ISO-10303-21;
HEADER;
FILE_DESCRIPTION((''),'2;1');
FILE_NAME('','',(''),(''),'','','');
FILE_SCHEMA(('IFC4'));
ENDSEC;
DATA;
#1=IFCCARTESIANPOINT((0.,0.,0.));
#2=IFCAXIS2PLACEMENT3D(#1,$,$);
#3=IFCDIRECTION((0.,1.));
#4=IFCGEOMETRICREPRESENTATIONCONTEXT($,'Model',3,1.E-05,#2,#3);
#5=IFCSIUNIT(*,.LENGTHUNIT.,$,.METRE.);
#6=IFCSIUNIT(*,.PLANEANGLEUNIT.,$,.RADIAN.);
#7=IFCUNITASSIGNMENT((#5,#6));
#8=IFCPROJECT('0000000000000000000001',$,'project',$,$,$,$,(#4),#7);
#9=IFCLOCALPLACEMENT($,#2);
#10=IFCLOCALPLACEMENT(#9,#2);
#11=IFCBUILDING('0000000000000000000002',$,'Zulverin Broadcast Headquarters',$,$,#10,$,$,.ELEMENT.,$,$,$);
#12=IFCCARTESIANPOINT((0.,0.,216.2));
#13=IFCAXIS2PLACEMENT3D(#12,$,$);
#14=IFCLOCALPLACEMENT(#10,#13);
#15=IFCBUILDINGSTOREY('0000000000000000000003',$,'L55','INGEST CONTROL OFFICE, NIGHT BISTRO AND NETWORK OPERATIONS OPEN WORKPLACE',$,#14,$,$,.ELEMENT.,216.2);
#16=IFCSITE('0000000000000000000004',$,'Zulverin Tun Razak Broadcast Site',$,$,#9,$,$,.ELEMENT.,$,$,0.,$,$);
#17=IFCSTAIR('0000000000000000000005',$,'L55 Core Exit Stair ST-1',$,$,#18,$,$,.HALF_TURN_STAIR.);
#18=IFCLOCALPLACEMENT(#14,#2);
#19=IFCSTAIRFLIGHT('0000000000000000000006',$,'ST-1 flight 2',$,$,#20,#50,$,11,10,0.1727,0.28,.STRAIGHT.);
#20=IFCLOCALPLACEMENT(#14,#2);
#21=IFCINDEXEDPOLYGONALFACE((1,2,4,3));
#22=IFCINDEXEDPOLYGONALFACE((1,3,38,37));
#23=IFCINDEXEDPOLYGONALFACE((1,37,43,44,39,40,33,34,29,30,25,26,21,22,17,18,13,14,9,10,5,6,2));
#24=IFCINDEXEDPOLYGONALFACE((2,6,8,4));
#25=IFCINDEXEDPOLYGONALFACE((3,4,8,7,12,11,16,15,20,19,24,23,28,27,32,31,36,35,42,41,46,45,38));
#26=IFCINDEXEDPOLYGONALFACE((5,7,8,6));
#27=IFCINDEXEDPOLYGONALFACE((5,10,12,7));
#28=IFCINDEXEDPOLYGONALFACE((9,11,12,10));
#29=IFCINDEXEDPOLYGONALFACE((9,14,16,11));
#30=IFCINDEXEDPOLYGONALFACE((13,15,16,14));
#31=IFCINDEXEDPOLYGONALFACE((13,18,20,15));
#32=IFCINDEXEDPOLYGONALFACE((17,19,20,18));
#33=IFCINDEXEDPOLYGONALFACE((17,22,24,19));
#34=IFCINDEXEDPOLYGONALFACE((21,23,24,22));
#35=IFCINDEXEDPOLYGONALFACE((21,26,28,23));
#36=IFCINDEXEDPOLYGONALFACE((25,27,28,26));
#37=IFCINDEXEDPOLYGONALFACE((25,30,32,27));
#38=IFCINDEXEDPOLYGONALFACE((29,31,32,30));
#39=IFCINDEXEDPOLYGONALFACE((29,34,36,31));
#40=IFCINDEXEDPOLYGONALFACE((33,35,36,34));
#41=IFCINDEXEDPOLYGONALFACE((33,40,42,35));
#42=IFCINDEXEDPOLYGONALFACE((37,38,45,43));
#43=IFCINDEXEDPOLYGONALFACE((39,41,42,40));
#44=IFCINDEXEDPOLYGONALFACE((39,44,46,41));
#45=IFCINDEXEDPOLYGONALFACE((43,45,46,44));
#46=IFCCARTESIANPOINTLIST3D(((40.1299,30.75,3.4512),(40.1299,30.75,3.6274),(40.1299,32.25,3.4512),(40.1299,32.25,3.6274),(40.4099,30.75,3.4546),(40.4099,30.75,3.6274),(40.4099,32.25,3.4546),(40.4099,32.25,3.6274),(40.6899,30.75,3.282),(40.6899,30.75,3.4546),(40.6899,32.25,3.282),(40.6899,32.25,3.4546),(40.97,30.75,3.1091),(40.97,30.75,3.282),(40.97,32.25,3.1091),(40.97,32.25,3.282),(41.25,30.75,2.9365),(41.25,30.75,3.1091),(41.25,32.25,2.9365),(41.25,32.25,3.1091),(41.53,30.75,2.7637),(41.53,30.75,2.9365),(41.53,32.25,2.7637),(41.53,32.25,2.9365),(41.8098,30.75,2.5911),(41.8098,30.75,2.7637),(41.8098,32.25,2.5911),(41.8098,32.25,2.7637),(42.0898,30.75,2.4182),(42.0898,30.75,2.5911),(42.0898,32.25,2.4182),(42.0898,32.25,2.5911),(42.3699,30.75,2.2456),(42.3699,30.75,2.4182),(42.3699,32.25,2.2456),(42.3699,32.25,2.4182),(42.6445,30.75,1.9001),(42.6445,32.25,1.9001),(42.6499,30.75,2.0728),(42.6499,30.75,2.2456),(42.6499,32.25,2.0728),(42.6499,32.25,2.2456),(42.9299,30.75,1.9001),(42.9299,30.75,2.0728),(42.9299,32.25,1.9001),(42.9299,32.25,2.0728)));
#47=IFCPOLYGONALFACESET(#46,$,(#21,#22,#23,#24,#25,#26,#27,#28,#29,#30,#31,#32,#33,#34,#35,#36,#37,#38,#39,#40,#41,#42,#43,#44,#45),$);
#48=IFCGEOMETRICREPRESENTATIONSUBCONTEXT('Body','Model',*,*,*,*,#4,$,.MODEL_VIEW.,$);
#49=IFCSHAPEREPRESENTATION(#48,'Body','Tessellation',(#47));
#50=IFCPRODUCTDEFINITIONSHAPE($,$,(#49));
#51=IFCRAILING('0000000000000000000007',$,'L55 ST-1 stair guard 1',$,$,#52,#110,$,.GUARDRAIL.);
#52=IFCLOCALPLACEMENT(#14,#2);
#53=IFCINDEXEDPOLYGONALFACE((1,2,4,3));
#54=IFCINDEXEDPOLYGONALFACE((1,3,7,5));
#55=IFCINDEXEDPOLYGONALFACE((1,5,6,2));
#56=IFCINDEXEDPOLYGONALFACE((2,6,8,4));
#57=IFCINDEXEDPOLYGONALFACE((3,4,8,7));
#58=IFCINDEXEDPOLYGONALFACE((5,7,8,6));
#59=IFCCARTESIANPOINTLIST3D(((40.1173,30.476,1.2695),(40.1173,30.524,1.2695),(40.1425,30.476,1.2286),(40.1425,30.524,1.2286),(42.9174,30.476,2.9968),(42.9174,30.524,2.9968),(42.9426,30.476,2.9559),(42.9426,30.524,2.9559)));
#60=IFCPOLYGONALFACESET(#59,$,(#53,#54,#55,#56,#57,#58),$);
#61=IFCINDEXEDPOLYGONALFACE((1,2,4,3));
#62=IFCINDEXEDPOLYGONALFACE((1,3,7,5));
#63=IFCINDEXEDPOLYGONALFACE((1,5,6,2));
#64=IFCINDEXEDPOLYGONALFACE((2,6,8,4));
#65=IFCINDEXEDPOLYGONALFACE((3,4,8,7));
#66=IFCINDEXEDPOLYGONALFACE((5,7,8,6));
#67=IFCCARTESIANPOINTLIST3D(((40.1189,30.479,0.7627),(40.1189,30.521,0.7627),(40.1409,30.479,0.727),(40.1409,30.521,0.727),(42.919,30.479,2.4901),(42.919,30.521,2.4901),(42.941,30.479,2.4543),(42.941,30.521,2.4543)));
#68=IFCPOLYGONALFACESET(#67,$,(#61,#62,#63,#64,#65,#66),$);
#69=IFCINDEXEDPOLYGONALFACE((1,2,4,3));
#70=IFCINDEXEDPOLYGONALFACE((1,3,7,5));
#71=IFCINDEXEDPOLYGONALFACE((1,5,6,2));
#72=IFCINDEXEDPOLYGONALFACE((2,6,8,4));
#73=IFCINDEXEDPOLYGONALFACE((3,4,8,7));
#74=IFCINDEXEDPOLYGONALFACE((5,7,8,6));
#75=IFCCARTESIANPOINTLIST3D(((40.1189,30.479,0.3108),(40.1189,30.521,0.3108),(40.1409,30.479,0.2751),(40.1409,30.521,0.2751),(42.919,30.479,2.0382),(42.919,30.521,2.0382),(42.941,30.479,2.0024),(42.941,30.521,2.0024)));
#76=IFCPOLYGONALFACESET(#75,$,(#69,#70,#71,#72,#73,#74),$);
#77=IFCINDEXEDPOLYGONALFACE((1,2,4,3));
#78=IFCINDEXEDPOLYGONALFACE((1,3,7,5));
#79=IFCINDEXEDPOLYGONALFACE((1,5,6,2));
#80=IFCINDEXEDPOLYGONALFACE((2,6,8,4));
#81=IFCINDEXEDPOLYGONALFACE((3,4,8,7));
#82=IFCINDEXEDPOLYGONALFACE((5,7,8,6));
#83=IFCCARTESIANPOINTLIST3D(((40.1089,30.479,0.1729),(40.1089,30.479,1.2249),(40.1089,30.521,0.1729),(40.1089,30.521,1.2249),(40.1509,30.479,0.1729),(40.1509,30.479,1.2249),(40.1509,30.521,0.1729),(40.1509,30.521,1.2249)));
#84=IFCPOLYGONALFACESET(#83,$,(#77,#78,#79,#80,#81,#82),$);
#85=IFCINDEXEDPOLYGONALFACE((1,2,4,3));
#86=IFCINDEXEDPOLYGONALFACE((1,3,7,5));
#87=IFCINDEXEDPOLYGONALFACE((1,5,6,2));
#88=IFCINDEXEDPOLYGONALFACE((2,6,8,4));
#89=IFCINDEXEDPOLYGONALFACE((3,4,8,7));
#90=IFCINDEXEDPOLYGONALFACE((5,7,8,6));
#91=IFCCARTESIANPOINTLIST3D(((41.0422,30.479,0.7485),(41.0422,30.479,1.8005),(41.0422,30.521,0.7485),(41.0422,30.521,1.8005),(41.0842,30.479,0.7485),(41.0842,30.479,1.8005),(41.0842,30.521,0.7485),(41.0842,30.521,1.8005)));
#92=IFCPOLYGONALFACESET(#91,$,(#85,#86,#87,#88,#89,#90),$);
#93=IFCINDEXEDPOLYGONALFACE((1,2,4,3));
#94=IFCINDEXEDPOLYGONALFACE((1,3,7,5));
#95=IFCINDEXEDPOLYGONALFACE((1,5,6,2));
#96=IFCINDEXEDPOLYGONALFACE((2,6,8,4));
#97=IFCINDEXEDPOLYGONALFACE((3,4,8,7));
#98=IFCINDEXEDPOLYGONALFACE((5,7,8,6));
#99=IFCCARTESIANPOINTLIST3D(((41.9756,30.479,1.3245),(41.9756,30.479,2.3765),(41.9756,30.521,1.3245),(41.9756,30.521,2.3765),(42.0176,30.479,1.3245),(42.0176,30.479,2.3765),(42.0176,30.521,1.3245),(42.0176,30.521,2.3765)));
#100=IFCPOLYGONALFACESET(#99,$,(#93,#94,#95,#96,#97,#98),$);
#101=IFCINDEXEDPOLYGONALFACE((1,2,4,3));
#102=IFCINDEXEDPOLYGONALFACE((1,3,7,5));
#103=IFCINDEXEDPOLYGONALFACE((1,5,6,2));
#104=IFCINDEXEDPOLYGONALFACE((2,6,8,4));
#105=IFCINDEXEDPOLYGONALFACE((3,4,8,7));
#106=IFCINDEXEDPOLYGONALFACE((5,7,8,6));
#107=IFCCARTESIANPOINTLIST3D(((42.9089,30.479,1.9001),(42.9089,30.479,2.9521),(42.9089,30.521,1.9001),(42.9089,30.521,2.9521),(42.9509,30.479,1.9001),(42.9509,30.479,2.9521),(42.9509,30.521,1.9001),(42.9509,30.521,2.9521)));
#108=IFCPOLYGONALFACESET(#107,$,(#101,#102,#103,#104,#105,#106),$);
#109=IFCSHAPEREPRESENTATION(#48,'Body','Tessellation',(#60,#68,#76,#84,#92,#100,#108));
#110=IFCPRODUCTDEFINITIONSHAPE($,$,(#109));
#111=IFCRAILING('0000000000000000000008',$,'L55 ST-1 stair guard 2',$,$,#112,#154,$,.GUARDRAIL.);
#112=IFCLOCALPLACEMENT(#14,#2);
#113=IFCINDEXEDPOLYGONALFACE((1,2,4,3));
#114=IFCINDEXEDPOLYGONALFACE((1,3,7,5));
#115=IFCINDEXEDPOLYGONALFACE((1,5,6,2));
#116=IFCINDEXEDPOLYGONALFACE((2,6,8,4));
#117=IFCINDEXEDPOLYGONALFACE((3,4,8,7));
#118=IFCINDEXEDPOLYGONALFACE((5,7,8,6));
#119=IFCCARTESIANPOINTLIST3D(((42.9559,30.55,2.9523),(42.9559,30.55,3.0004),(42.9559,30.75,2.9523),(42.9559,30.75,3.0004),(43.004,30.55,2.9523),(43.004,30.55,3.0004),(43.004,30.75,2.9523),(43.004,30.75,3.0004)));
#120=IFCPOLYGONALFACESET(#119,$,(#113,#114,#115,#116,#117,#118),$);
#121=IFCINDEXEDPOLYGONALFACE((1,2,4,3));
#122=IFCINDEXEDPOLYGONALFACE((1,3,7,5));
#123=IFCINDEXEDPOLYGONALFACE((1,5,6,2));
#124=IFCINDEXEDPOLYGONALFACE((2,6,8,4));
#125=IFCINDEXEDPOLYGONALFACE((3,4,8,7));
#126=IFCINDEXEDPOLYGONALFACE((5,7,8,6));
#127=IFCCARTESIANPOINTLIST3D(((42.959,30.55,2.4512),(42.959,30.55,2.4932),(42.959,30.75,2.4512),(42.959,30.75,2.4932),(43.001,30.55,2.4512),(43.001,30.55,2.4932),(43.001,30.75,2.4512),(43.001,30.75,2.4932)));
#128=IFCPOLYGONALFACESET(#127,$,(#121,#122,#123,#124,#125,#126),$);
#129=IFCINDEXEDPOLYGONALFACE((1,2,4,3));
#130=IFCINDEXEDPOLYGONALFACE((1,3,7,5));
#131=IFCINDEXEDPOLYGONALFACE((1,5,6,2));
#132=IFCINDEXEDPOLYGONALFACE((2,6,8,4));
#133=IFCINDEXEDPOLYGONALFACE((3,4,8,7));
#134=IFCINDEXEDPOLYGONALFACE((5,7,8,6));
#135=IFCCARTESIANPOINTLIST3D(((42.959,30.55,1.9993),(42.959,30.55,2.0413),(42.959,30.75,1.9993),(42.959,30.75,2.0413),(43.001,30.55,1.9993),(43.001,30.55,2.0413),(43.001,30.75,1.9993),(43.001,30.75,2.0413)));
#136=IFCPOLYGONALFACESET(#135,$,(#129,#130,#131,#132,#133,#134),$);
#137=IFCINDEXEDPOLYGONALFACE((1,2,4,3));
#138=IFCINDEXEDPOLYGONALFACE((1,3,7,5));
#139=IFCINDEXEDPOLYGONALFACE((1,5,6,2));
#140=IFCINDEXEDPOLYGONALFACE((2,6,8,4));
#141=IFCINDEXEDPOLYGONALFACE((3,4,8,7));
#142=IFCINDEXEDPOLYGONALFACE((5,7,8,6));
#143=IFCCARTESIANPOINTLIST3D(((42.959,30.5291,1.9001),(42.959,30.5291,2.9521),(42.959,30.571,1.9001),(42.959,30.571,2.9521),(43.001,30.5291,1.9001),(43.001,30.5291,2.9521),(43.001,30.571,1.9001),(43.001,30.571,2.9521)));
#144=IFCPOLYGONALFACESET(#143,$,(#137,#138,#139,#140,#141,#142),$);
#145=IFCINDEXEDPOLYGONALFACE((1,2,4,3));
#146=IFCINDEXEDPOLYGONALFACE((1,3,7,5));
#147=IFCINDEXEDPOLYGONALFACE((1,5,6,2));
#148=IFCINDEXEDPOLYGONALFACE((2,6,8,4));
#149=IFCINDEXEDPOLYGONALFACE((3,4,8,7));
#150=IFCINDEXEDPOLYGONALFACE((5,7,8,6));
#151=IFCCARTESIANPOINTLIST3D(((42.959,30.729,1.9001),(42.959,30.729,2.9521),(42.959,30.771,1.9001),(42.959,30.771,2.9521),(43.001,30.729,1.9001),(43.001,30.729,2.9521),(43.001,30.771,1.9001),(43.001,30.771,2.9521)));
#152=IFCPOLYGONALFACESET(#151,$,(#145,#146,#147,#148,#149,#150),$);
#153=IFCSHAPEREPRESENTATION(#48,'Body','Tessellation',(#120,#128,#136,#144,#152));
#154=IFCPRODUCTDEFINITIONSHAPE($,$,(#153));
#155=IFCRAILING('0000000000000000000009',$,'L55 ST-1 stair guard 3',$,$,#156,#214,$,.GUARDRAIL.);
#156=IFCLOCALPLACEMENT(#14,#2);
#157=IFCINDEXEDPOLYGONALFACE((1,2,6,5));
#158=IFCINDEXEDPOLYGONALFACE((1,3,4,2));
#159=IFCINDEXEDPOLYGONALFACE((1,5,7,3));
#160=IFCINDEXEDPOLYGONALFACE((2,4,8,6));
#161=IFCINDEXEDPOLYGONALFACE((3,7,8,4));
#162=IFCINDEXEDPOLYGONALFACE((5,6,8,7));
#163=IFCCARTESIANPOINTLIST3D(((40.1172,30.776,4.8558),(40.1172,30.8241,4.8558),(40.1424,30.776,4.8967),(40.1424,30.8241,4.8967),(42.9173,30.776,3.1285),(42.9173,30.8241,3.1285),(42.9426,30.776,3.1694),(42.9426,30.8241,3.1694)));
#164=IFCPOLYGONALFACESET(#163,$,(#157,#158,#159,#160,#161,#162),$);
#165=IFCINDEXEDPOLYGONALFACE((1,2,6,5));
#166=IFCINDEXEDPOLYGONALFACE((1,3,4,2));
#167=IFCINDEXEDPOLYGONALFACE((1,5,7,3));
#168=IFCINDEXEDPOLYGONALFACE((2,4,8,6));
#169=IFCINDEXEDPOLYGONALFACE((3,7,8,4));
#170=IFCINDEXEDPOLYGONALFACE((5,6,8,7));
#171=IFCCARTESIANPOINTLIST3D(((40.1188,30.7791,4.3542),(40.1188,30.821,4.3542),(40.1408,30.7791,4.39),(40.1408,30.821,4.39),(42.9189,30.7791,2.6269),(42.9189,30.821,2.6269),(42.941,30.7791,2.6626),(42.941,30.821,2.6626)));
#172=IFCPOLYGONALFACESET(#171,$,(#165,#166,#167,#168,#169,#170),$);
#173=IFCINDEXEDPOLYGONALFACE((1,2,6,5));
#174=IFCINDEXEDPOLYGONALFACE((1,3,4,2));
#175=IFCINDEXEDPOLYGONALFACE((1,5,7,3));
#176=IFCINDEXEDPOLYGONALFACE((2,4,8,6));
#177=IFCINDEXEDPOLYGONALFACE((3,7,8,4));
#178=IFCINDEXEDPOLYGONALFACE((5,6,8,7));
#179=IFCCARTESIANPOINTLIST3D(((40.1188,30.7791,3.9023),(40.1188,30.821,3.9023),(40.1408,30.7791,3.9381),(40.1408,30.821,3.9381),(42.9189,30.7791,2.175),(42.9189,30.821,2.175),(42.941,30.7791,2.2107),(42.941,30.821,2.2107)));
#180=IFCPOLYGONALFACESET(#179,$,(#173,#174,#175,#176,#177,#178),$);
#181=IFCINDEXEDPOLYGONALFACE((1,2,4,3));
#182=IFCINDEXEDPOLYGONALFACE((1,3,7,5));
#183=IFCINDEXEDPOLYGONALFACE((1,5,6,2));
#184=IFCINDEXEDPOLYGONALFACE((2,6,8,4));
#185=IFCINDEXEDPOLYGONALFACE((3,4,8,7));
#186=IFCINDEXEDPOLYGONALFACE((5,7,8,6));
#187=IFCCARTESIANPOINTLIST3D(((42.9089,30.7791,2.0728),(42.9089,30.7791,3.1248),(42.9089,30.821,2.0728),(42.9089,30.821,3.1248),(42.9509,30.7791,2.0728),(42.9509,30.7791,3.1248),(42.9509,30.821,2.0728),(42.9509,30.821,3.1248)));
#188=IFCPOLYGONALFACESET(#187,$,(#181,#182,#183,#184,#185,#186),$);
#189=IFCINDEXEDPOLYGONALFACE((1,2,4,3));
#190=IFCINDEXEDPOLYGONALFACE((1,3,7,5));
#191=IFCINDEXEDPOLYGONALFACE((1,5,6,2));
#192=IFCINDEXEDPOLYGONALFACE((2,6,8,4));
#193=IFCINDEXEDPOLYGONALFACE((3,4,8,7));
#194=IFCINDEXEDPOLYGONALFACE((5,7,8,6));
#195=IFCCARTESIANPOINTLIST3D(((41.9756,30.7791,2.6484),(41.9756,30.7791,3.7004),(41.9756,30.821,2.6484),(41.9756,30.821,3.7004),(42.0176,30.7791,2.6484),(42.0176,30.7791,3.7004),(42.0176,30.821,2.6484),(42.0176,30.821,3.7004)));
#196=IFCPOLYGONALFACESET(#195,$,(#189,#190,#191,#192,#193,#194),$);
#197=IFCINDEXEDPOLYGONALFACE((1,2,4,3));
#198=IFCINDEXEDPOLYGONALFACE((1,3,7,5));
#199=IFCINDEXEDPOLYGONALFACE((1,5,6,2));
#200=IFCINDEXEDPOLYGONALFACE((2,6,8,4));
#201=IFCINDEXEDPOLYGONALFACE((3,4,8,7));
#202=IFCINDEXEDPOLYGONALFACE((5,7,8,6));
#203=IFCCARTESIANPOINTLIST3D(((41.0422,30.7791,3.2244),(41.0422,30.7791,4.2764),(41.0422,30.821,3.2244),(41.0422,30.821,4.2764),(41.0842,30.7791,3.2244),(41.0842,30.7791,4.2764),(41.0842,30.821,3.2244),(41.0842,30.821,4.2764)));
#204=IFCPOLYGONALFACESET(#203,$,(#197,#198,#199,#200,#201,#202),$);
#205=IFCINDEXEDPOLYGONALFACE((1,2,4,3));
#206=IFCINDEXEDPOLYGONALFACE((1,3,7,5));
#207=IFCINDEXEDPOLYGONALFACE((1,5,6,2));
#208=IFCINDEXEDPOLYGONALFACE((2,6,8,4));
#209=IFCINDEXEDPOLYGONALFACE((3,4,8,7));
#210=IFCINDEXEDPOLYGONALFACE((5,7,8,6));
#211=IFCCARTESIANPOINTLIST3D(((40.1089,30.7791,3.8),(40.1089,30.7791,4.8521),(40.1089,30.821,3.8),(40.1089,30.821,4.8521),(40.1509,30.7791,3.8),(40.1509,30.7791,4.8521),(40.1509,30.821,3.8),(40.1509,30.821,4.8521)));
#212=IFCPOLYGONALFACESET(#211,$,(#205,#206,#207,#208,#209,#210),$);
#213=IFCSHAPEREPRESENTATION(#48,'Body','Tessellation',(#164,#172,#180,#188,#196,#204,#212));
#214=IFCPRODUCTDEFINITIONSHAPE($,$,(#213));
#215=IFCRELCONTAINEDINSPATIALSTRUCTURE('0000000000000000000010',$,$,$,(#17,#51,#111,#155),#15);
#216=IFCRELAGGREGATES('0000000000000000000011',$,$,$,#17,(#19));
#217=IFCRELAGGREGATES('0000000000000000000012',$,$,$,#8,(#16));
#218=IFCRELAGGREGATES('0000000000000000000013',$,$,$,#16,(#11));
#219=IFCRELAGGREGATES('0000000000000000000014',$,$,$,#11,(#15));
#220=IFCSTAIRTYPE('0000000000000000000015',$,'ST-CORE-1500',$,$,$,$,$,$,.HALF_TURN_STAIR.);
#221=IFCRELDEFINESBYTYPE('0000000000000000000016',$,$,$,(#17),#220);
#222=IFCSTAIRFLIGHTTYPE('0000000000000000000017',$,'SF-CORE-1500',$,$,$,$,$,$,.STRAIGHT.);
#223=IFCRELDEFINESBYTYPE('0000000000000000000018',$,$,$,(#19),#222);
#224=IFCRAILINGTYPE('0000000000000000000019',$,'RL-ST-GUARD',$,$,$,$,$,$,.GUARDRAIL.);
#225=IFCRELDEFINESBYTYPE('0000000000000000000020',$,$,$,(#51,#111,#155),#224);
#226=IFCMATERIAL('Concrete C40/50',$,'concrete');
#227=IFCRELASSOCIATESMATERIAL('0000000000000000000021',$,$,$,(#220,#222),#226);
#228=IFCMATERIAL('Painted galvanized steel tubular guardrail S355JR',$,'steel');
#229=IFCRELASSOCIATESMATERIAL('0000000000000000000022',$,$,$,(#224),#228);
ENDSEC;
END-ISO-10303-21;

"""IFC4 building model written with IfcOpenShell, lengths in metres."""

from ifc_helpers import new_model, si_unit, direction, frame, origin, origin_2d, place, context, subcontext, project, spatial, polyline, rectangle, outline, extrude, material, type_object, element, aggregate, save


model = new_model("IFC4")

# Units and contexts
model_context = context("Model", 3, precision=1e-05, world=origin(), true_north=direction((0.0, 1.0)))
body_context = subcontext(model_context, "Body", "Model", "MODEL_VIEW")
ifc_project = project(units=[si_unit("LENGTHUNIT", "METRE"), si_unit("PLANEANGLEUNIT", "RADIAN")], contexts=[model_context])

# Site, building, storey
site_placement = place(None, origin())
site = spatial("IfcSite", under=ifc_project, at=site_placement, Name="Zulverin Tun Razak Broadcast Site", CompositionType="ELEMENT", RefElevation=0.0)
building_placement = place(site_placement, origin())
building = spatial("IfcBuilding", under=site, at=building_placement, Name="Zulverin Broadcast Headquarters", CompositionType="ELEMENT")
storey_placement = place(building_placement, frame((0.0, 0.0, 216.2)))
storey = spatial("IfcBuildingStorey", under=building, at=storey_placement, Name="L55", Description="INGEST CONTROL OFFICE, NIGHT BISTRO AND NETWORK OPERATIONS OPEN WORKPLACE", CompositionType="ELEMENT", Elevation=216.2)

# Stair, stair flight
ifc_material_1 = material(Name="Concrete C40/50", Category="concrete")
stair_type = type_object("IfcStairType", Name="ST-CORE-1500", PredefinedType="HALF_TURN_STAIR", material=ifc_material_1)
stair_placement = place(storey_placement, origin())
stair = element("IfcStair", 1, at=stair_placement, inside=storey, type_object=stair_type, Name="L55 Core Exit Stair ST-1", PredefinedType="HALF_TURN_STAIR")
stair_flight_type = type_object("IfcStairFlightType", Name="SF-CORE-1500", PredefinedType="STRAIGHT", material=ifc_material_1)
stair_flight_1_placement = place(storey_placement, frame((42.9299, 31.5, 1.9001), z_axis=(0.0, 0.0, 1.0), x_axis=(-1.0, 0.0, 0.0)))
stair_flight_1 = element("IfcStairFlight", 2, at=stair_flight_1_placement, type_object=stair_flight_type, Name="ST-1 flight 2", NumberOfRisers=11, NumberOfTreads=10, PredefinedType="STRAIGHT", RiserHeight=0.1727, TreadLength=0.28, context=body_context, shape_type="SweptSolid", body=[
    extrude(outline(polyline([(0.0, 0.0), (0.0, 0.1726), (0.28, 0.1726), (0.28, 0.3455), (0.5601, 0.3455), (0.5601, 0.5181), (0.8401, 0.5181), (0.8401, 0.6909), (1.1201, 0.6909), (1.1201, 0.8635), (1.3999, 0.8635), (1.3999, 1.0364), (1.6799, 1.0364), (1.6799, 1.209), (1.96, 1.209), (1.96, 1.3818), (2.24, 1.3818), (2.24, 1.5544), (2.52, 1.5544), (2.52, 1.7273), (2.8, 1.7273), (2.8, 1.8999), (2.8, 1.551), (0.2854, 0.0), (0.0, 0.0)])), frame((0.0, 0.75, 0.0), z_axis=(0.0, -1.0, 0.0), x_axis=(1.0, 0.0, 0.0)), (0.0, 0.0, 1.0), 1.5),
])
aggregate(stair, [stair_flight_1])

# Railings
ifc_material_2 = material(Name="Painted galvanized steel tubular guardrail S355JR", Category="steel")
railing_type_1 = type_object("IfcRailingType", Name="RL-ST-GUARD", PredefinedType="GUARDRAIL", material=ifc_material_2)
railing_1_placement = place(storey_placement, frame((40.1299, 30.5, 0.1729)))
element("IfcRailing", 3, at=railing_1_placement, inside=storey, type_object=railing_type_1, Name="L55 ST-1 stair guard 1", PredefinedType="GUARDRAIL", context=body_context, shape_type="SweptSolid", body=[
    extrude(rectangle(XDim=0.0481, YDim=0.0481, at=origin_2d()), frame((0.0, 0.0, 1.0762), z_axis=(0.85109, 0.0, 0.52502), x_axis=(0.0, 1.0, 0.0)), (0.0, 0.0, 1.0), 3.29),
    extrude(rectangle(XDim=0.042, YDim=0.042, at=origin_2d()), frame((0.0, 0.0, 0.572), z_axis=(0.85109, 0.0, 0.52502), x_axis=(0.0, 1.0, 0.0)), (0.0, 0.0, 1.0), 3.29),
    extrude(rectangle(XDim=0.042, YDim=0.042, at=origin_2d()), frame((0.0, 0.0, 0.1201), z_axis=(0.85109, 0.0, 0.52502), x_axis=(0.0, 1.0, 0.0)), (0.0, 0.0, 1.0), 3.29),
    extrude(rectangle(XDim=0.042, YDim=0.042, at=origin_2d()), origin(), (0.0, 0.0, 1.0), 1.052),
    extrude(rectangle(XDim=0.042, YDim=0.042, at=origin_2d()), frame((0.9333, 0.0, 0.5757)), (0.0, 0.0, 1.0), 1.052),
    extrude(rectangle(XDim=0.042, YDim=0.042, at=origin_2d()), frame((1.8667, 0.0, 1.1516)), (0.0, 0.0, 1.0), 1.052),
    extrude(rectangle(XDim=0.042, YDim=0.042, at=origin_2d()), frame((2.8, 0.0, 1.7273)), (0.0, 0.0, 1.0), 1.052),
])
railing_2_placement = place(storey_placement, frame((42.98, 30.55, 1.9001)))
element("IfcRailing", 4, at=railing_2_placement, inside=storey, type_object=railing_type_1, Name="L55 ST-1 stair guard 2", PredefinedType="GUARDRAIL", context=body_context, shape_type="SweptSolid", body=[
    extrude(rectangle(XDim=0.0481, YDim=0.0481, at=origin_2d()), frame((0.0, 0.0, 1.0762), z_axis=(0.0, 1.0, 0.0), x_axis=(-1.0, 0.0, 0.0)), (0.0, 0.0, 1.0), 0.2),
    extrude(rectangle(XDim=0.042, YDim=0.042, at=origin_2d()), frame((0.0, 0.0, 0.572), z_axis=(0.0, 1.0, 0.0), x_axis=(-1.0, 0.0, 0.0)), (0.0, 0.0, 1.0), 0.2),
    extrude(rectangle(XDim=0.042, YDim=0.042, at=origin_2d()), frame((0.0, 0.0, 0.1201), z_axis=(0.0, 1.0, 0.0), x_axis=(-1.0, 0.0, 0.0)), (0.0, 0.0, 1.0), 0.2),
    extrude(rectangle(XDim=0.042, YDim=0.042, at=origin_2d()), origin(), (0.0, 0.0, 1.0), 1.052),
    extrude(rectangle(XDim=0.042, YDim=0.042, at=origin_2d()), frame((0.0, 0.2, 0.0)), (0.0, 0.0, 1.0), 1.052),
])
railing_3_placement = place(storey_placement, frame((42.9299, 30.8, 2.0728)))
element("IfcRailing", 5, at=railing_3_placement, inside=storey, type_object=railing_type_1, Name="L55 ST-1 stair guard 3", PredefinedType="GUARDRAIL", context=body_context, shape_type="SweptSolid", body=[
    extrude(rectangle(XDim=0.0481, YDim=0.0481, at=origin_2d()), frame((0.0, 0.0, 1.0762), z_axis=(-0.85109, 0.0, 0.52502), x_axis=(0.0, -1.0, 0.0)), (0.0, 0.0, 1.0), 3.29),
    extrude(rectangle(XDim=0.042, YDim=0.042, at=origin_2d()), frame((0.0, 0.0, 0.572), z_axis=(-0.85109, 0.0, 0.52502), x_axis=(0.0, -1.0, 0.0)), (0.0, 0.0, 1.0), 3.29),
    extrude(rectangle(XDim=0.042, YDim=0.042, at=origin_2d()), frame((0.0, 0.0, 0.1201), z_axis=(-0.85109, 0.0, 0.52502), x_axis=(0.0, -1.0, 0.0)), (0.0, 0.0, 1.0), 3.29),
    extrude(rectangle(XDim=0.042, YDim=0.042, at=origin_2d()), origin(), (0.0, 0.0, 1.0), 1.052),
    extrude(rectangle(XDim=0.042, YDim=0.042, at=origin_2d()), frame((-0.9333, 0.0, 0.5757)), (0.0, 0.0, 1.0), 1.052),
    extrude(rectangle(XDim=0.042, YDim=0.042, at=origin_2d()), frame((-1.8667, 0.0, 1.1516)), (0.0, 0.0, 1.0), 1.052),
    extrude(rectangle(XDim=0.042, YDim=0.042, at=origin_2d()), frame((-2.8, 0.0, 1.7273)), (0.0, 0.0, 1.0), 1.052),
])

save(model, "model.ifc")
